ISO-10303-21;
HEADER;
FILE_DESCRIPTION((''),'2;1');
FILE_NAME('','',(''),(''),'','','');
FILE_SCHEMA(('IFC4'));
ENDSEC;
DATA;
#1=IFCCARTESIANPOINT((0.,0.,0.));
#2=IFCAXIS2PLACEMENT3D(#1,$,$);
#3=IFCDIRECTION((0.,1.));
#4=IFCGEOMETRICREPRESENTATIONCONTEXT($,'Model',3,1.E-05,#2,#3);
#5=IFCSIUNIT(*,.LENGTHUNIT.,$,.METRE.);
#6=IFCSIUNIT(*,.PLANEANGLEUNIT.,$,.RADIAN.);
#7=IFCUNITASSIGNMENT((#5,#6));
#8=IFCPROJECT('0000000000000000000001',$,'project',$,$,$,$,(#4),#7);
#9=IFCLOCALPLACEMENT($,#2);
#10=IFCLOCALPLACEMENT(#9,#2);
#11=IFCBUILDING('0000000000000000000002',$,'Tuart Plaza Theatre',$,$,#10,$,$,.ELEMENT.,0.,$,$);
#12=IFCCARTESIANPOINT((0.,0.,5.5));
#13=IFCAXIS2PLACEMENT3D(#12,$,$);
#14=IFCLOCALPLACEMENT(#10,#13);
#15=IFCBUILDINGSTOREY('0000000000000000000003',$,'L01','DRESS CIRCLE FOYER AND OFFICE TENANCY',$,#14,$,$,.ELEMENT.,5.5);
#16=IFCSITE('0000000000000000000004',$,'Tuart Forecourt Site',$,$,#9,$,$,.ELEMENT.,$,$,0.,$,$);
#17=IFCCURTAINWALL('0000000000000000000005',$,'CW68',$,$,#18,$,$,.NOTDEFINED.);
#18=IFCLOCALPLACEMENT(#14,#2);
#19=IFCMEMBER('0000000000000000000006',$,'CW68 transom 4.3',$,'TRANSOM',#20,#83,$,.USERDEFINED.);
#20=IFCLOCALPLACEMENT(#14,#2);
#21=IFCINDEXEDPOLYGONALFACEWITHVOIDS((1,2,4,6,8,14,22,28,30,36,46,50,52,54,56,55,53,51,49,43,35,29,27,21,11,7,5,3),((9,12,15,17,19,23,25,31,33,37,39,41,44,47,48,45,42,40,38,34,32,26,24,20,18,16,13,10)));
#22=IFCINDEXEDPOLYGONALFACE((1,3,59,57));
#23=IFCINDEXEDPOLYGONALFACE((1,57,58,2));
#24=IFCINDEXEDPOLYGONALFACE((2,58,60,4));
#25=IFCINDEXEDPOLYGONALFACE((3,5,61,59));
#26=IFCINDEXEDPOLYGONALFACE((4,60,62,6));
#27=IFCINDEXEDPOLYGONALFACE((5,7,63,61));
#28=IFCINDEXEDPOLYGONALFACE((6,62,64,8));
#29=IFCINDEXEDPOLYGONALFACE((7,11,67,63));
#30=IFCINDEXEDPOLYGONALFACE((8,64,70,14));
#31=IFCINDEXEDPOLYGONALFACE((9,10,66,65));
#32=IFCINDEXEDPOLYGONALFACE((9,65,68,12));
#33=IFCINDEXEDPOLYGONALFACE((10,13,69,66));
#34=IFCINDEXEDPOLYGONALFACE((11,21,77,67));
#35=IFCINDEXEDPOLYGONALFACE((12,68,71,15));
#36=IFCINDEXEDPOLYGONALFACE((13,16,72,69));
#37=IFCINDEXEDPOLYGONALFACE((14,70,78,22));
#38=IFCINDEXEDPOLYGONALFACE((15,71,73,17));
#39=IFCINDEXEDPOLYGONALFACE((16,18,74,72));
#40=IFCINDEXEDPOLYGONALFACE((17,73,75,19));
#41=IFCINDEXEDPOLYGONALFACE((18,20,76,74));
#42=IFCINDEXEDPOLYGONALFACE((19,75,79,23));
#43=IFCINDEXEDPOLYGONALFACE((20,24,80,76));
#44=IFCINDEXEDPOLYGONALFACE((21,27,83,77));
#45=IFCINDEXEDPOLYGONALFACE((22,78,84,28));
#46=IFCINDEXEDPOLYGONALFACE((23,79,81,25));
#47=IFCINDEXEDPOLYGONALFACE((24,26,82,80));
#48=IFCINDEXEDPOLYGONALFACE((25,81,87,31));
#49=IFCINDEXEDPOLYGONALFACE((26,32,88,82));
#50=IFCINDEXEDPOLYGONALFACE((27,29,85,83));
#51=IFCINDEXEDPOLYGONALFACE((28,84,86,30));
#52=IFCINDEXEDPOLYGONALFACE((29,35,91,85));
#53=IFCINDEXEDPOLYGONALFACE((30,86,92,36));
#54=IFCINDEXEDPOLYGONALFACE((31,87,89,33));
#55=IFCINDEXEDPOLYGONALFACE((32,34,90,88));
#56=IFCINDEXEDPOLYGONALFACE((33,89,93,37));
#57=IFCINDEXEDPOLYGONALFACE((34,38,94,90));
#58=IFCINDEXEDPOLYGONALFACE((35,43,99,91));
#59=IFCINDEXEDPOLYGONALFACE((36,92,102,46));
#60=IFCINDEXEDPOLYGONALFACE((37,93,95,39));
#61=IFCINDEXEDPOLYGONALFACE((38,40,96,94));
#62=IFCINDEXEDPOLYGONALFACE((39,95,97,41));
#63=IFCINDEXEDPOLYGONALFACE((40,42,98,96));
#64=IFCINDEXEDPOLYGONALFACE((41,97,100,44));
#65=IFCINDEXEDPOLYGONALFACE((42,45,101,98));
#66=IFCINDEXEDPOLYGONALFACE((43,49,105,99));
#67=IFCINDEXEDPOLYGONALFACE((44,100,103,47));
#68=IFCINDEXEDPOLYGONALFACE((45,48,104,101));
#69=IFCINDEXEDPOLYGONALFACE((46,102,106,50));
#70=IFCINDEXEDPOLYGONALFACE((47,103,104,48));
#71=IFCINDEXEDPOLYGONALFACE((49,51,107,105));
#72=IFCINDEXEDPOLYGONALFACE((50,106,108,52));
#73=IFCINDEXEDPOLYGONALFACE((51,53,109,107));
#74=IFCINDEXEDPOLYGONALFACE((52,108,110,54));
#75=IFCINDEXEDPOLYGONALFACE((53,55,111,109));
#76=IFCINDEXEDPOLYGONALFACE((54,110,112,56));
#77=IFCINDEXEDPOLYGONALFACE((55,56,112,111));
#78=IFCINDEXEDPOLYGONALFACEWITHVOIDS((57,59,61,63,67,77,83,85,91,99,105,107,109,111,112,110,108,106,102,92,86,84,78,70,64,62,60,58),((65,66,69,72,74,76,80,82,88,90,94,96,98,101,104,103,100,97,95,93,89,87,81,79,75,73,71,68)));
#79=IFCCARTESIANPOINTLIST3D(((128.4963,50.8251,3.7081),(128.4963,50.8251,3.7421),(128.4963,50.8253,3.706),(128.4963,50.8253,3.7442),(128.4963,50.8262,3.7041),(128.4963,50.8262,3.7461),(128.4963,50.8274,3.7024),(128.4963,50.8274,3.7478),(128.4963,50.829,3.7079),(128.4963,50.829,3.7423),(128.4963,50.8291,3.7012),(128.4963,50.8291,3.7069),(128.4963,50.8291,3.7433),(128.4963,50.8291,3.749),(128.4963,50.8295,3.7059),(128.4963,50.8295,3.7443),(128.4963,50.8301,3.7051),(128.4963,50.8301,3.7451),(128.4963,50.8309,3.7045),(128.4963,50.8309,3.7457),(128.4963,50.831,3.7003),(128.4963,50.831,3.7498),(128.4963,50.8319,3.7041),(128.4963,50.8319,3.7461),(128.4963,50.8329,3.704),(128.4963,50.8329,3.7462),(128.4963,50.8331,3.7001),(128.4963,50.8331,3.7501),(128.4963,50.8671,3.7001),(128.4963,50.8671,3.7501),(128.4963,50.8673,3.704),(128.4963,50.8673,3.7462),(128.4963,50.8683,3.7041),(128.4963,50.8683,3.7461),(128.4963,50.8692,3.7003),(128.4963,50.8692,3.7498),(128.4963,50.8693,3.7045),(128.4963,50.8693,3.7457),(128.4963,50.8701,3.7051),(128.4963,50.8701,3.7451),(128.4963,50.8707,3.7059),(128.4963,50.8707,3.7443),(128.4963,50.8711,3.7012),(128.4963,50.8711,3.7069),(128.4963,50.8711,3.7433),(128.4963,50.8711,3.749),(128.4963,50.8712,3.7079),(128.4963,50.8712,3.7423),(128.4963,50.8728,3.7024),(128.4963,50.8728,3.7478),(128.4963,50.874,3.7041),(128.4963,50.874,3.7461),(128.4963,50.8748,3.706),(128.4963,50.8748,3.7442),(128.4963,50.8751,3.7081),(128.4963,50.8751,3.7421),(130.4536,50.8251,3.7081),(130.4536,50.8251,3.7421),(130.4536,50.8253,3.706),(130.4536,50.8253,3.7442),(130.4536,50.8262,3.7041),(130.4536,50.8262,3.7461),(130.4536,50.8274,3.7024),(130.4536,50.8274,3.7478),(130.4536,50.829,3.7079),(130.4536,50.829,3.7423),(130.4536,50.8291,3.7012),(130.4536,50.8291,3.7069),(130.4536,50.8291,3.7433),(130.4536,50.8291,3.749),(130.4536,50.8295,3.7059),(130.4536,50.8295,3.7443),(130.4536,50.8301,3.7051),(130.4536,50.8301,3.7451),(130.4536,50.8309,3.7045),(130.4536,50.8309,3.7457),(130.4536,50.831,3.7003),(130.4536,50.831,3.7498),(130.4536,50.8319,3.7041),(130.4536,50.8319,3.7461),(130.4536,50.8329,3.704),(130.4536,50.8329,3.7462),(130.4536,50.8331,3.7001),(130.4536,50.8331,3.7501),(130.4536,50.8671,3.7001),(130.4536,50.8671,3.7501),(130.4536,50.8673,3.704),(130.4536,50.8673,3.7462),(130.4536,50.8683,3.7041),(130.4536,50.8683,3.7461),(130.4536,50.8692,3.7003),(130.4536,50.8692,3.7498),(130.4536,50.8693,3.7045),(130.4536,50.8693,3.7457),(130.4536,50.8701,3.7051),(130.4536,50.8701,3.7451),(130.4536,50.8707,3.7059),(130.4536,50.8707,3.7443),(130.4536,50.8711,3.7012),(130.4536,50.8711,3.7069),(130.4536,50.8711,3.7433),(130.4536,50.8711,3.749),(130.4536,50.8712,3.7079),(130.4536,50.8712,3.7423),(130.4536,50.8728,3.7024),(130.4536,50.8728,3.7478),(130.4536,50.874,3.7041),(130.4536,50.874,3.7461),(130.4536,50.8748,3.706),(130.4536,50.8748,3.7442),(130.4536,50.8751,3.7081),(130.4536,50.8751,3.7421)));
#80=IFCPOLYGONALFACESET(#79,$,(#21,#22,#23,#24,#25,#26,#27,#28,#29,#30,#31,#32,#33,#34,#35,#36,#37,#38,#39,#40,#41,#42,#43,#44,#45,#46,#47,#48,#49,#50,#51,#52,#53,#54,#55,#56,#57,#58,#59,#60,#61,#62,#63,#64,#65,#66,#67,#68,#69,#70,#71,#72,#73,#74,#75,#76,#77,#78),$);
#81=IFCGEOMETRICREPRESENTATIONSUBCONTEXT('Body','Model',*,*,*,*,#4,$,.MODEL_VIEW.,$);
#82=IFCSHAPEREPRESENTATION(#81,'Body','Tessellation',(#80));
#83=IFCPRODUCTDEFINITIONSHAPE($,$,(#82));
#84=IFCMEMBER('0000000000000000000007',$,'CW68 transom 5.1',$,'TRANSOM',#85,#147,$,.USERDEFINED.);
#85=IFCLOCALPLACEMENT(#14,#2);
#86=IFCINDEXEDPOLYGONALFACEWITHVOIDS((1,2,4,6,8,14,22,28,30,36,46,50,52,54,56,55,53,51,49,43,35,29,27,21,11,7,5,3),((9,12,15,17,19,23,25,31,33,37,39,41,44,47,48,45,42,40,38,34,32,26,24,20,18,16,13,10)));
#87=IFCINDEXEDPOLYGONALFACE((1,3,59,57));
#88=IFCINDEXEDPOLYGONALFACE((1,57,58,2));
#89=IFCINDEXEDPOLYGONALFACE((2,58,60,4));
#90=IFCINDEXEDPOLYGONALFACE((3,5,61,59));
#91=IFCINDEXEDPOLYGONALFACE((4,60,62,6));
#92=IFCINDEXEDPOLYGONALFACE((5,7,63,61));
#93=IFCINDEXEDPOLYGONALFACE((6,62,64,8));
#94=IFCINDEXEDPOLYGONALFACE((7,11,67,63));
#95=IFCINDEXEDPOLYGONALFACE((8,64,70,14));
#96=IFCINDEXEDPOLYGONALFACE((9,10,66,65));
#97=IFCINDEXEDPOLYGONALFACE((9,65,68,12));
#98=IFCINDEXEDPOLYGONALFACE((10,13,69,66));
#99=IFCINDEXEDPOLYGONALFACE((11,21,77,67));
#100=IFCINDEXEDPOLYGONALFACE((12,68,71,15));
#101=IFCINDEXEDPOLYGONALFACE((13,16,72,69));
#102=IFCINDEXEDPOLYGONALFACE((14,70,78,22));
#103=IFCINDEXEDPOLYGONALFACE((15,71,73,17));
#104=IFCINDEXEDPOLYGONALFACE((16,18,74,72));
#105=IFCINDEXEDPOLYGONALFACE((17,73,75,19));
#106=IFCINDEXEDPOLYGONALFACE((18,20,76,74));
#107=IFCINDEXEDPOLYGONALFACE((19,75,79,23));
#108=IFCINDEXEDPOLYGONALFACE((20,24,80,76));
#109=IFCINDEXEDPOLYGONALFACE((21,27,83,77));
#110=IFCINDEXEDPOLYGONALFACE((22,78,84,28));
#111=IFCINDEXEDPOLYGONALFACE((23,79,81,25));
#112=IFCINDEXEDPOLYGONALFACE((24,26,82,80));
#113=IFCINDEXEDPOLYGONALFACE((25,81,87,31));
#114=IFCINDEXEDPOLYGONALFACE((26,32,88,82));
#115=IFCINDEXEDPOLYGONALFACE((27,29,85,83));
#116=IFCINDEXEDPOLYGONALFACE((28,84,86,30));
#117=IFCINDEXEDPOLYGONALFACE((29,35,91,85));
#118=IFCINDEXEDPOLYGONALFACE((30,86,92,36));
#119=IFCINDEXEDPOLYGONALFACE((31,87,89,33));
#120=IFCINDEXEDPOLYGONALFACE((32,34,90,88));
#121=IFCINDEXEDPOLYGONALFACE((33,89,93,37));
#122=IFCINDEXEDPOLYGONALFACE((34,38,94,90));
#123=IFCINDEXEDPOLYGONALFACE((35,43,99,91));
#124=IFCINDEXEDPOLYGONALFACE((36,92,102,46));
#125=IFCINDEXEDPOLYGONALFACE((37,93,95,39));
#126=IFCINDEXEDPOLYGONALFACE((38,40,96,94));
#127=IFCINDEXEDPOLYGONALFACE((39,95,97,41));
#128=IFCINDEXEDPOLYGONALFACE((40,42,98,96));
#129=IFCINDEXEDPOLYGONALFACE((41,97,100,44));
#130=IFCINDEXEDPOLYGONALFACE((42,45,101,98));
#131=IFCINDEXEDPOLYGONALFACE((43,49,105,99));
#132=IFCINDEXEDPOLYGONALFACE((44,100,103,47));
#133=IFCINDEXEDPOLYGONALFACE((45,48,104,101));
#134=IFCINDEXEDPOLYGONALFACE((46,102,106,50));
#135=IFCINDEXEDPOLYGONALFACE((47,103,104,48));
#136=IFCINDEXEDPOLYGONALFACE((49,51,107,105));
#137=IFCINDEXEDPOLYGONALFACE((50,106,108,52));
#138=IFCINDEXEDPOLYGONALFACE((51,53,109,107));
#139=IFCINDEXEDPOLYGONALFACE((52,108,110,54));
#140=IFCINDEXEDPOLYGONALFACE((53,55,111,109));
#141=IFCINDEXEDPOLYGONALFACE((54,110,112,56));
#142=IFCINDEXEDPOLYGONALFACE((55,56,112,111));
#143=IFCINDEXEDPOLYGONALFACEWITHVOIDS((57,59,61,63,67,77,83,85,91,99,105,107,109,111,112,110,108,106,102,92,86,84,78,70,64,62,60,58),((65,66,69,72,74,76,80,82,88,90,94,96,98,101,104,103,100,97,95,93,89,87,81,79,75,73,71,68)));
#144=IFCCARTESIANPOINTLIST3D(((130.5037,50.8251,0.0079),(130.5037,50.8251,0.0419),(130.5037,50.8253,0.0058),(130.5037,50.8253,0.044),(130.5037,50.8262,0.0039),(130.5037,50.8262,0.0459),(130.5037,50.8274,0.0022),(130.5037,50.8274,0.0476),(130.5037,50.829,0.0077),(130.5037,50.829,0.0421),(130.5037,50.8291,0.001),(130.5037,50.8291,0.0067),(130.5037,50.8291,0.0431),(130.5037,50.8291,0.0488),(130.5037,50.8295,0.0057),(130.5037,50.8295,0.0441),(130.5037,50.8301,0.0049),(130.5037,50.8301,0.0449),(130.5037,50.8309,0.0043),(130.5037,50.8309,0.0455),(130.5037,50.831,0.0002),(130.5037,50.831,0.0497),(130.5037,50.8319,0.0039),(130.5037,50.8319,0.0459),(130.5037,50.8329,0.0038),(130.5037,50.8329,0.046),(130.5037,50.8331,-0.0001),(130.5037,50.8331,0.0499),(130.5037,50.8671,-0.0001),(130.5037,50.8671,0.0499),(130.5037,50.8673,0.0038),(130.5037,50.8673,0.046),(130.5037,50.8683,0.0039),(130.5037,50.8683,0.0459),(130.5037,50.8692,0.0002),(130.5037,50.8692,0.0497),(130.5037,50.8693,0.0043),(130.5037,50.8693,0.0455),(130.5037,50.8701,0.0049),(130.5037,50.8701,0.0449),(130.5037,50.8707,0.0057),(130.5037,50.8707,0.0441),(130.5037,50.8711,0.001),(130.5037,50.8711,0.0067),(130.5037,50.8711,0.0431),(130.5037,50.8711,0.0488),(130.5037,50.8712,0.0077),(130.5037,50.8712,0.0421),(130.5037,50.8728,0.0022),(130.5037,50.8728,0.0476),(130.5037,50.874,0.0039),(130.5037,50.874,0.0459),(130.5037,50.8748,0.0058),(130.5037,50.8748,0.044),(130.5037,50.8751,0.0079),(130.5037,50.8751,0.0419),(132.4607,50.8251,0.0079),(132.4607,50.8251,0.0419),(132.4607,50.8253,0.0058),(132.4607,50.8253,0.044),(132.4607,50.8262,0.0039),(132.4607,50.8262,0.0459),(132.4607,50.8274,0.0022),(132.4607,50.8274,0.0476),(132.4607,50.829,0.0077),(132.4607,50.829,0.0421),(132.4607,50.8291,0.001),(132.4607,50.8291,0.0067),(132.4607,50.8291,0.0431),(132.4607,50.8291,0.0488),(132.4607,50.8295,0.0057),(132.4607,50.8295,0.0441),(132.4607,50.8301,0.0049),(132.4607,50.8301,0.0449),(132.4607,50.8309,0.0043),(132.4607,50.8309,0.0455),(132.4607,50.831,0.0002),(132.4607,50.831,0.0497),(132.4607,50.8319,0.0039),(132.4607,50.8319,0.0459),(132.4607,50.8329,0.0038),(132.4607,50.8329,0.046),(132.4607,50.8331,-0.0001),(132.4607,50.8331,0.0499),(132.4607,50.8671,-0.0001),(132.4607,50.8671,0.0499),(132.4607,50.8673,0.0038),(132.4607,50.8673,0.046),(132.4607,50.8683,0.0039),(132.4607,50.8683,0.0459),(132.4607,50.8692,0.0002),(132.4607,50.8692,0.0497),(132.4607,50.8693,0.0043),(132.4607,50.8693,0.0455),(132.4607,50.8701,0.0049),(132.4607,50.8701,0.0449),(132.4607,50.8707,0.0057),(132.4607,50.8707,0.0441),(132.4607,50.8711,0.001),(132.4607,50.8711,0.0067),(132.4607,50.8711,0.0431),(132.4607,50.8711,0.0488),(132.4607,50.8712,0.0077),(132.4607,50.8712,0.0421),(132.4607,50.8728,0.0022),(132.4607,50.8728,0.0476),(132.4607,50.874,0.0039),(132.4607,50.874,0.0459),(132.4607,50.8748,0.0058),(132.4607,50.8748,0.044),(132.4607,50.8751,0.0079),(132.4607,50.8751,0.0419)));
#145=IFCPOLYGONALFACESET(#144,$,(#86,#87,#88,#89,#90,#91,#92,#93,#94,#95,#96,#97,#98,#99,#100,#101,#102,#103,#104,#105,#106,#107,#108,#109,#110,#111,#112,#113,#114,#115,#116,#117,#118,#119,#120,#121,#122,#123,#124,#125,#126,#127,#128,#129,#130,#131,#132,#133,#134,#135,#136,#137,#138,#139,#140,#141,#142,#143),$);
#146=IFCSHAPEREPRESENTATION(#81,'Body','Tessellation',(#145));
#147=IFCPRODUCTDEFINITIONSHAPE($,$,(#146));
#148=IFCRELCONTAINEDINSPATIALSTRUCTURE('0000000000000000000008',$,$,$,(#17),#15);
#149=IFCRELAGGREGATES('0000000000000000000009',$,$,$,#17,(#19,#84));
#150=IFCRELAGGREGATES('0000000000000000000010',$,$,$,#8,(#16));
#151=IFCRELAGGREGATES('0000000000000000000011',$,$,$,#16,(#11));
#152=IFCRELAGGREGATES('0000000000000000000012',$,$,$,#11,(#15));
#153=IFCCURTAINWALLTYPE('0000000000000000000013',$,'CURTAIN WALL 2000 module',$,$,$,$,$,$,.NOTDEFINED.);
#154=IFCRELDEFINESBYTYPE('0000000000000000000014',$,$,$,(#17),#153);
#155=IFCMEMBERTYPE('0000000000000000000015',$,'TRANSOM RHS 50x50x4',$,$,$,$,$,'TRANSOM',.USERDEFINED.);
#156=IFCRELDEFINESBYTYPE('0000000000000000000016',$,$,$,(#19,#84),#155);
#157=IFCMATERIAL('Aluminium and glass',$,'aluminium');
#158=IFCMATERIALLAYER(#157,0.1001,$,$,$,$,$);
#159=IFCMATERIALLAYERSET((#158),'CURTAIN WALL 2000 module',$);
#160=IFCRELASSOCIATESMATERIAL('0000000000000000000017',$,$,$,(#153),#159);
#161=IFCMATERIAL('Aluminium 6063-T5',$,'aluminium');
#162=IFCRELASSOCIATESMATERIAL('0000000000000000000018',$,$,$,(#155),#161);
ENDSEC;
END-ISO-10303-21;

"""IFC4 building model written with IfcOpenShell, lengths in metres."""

from ifc_helpers import new_model, si_unit, direction, frame, origin, origin_2d, place, context, subcontext, project, spatial, hollow_rectangle, extrude, material, layer, layer_set, material_profile, profile_set, type_object, element, aggregate, save


model = new_model("IFC4")

# Units and contexts
model_context = context("Model", 3, precision=1e-05, world=origin(), true_north=direction((0.0, 1.0)))
body_context = subcontext(model_context, "Body", "Model", "MODEL_VIEW")
ifc_project = project(units=[si_unit("LENGTHUNIT", "METRE"), si_unit("PLANEANGLEUNIT", "RADIAN")], contexts=[model_context])

# Site, building, storey
site_placement = place(None, origin())
site = spatial("IfcSite", under=ifc_project, at=site_placement, Name="Tuart Forecourt Site", CompositionType="ELEMENT", RefElevation=0.0)
building_placement = place(site_placement, origin())
building = spatial("IfcBuilding", under=site, at=building_placement, Name="Tuart Plaza Theatre", CompositionType="ELEMENT", ElevationOfRefHeight=0.0)
storey_placement = place(building_placement, frame((0.0, 0.0, 5.5)))
storey = spatial("IfcBuildingStorey", under=building, at=storey_placement, Name="L01", Description="DRESS CIRCLE FOYER AND OFFICE TENANCY", CompositionType="ELEMENT", Elevation=5.5)

# Curtain wall, members
ifc_material_1 = material(Name="Aluminium and glass", Category="aluminium")
ifc_layer_1 = layer(ifc_material_1, 0.1001)
ifc_layer_set_1 = layer_set([ifc_layer_1], Name="CURTAIN WALL 2000 module")
curtain_wall_type = type_object("IfcCurtainWallType", Name="CURTAIN WALL 2000 module", PredefinedType="NOTDEFINED", material=ifc_layer_set_1)
curtain_wall_placement = place(storey_placement, origin())
curtain_wall = element("IfcCurtainWall", 1, at=curtain_wall_placement, inside=storey, type_object=curtain_wall_type, Name="CW68", PredefinedType="NOTDEFINED")
ifc_material_2 = material(Name="Aluminium 6063-T5", Category="aluminium")
ifc_material_profile_1 = material_profile(ifc_material_2, hollow_rectangle(XDim=0.05, YDim=0.05, WallThickness=0.0039, InnerFilletRadius=0.0039, OuterFilletRadius=0.0081, at=origin_2d()), Name="RHS 50x50x4")
ifc_profile_set_1 = profile_set([ifc_material_profile_1], Name="Aluminium 6063-T5")
member_type_1 = type_object("IfcMemberType", Name="TRANSOM RHS 50x50x4", ElementType="TRANSOM", PredefinedType="USERDEFINED", material=ifc_profile_set_1)
member_1_placement = place(storey_placement, frame((128.4963, 50.8501, 3.7251), z_axis=(1.0, 0.0, 0.0), x_axis=(0.0, 1.0, 0.0)))
member_1 = element("IfcMember", 2, at=member_1_placement, type_object=member_type_1, Name="CW68 transom 4.3", ObjectType="TRANSOM", PredefinedType="USERDEFINED", context=body_context, shape_type="SweptSolid", body=[
    extrude(hollow_rectangle(XDim=0.05, YDim=0.05, WallThickness=0.0039, InnerFilletRadius=0.0039, OuterFilletRadius=0.0081, at=origin_2d()), origin(), (0.0, 0.0, 1.0), 1.9573),
])
member_2_placement = place(storey_placement, frame((130.5037, 50.8501, 0.0249), z_axis=(1.0, 0.0, 0.0), x_axis=(0.0, 1.0, 0.0)))
member_2 = element("IfcMember", 3, at=member_2_placement, type_object=member_type_1, Name="CW68 transom 5.1", ObjectType="TRANSOM", PredefinedType="USERDEFINED", context=body_context, shape_type="SweptSolid", body=[
    extrude(hollow_rectangle(XDim=0.05, YDim=0.05, WallThickness=0.0039, InnerFilletRadius=0.0039, OuterFilletRadius=0.0081, at=origin_2d()), origin(), (0.0, 0.0, 1.0), 1.957),
])
aggregate(curtain_wall, [member_1, member_2])

save(model, "model.ifc")
